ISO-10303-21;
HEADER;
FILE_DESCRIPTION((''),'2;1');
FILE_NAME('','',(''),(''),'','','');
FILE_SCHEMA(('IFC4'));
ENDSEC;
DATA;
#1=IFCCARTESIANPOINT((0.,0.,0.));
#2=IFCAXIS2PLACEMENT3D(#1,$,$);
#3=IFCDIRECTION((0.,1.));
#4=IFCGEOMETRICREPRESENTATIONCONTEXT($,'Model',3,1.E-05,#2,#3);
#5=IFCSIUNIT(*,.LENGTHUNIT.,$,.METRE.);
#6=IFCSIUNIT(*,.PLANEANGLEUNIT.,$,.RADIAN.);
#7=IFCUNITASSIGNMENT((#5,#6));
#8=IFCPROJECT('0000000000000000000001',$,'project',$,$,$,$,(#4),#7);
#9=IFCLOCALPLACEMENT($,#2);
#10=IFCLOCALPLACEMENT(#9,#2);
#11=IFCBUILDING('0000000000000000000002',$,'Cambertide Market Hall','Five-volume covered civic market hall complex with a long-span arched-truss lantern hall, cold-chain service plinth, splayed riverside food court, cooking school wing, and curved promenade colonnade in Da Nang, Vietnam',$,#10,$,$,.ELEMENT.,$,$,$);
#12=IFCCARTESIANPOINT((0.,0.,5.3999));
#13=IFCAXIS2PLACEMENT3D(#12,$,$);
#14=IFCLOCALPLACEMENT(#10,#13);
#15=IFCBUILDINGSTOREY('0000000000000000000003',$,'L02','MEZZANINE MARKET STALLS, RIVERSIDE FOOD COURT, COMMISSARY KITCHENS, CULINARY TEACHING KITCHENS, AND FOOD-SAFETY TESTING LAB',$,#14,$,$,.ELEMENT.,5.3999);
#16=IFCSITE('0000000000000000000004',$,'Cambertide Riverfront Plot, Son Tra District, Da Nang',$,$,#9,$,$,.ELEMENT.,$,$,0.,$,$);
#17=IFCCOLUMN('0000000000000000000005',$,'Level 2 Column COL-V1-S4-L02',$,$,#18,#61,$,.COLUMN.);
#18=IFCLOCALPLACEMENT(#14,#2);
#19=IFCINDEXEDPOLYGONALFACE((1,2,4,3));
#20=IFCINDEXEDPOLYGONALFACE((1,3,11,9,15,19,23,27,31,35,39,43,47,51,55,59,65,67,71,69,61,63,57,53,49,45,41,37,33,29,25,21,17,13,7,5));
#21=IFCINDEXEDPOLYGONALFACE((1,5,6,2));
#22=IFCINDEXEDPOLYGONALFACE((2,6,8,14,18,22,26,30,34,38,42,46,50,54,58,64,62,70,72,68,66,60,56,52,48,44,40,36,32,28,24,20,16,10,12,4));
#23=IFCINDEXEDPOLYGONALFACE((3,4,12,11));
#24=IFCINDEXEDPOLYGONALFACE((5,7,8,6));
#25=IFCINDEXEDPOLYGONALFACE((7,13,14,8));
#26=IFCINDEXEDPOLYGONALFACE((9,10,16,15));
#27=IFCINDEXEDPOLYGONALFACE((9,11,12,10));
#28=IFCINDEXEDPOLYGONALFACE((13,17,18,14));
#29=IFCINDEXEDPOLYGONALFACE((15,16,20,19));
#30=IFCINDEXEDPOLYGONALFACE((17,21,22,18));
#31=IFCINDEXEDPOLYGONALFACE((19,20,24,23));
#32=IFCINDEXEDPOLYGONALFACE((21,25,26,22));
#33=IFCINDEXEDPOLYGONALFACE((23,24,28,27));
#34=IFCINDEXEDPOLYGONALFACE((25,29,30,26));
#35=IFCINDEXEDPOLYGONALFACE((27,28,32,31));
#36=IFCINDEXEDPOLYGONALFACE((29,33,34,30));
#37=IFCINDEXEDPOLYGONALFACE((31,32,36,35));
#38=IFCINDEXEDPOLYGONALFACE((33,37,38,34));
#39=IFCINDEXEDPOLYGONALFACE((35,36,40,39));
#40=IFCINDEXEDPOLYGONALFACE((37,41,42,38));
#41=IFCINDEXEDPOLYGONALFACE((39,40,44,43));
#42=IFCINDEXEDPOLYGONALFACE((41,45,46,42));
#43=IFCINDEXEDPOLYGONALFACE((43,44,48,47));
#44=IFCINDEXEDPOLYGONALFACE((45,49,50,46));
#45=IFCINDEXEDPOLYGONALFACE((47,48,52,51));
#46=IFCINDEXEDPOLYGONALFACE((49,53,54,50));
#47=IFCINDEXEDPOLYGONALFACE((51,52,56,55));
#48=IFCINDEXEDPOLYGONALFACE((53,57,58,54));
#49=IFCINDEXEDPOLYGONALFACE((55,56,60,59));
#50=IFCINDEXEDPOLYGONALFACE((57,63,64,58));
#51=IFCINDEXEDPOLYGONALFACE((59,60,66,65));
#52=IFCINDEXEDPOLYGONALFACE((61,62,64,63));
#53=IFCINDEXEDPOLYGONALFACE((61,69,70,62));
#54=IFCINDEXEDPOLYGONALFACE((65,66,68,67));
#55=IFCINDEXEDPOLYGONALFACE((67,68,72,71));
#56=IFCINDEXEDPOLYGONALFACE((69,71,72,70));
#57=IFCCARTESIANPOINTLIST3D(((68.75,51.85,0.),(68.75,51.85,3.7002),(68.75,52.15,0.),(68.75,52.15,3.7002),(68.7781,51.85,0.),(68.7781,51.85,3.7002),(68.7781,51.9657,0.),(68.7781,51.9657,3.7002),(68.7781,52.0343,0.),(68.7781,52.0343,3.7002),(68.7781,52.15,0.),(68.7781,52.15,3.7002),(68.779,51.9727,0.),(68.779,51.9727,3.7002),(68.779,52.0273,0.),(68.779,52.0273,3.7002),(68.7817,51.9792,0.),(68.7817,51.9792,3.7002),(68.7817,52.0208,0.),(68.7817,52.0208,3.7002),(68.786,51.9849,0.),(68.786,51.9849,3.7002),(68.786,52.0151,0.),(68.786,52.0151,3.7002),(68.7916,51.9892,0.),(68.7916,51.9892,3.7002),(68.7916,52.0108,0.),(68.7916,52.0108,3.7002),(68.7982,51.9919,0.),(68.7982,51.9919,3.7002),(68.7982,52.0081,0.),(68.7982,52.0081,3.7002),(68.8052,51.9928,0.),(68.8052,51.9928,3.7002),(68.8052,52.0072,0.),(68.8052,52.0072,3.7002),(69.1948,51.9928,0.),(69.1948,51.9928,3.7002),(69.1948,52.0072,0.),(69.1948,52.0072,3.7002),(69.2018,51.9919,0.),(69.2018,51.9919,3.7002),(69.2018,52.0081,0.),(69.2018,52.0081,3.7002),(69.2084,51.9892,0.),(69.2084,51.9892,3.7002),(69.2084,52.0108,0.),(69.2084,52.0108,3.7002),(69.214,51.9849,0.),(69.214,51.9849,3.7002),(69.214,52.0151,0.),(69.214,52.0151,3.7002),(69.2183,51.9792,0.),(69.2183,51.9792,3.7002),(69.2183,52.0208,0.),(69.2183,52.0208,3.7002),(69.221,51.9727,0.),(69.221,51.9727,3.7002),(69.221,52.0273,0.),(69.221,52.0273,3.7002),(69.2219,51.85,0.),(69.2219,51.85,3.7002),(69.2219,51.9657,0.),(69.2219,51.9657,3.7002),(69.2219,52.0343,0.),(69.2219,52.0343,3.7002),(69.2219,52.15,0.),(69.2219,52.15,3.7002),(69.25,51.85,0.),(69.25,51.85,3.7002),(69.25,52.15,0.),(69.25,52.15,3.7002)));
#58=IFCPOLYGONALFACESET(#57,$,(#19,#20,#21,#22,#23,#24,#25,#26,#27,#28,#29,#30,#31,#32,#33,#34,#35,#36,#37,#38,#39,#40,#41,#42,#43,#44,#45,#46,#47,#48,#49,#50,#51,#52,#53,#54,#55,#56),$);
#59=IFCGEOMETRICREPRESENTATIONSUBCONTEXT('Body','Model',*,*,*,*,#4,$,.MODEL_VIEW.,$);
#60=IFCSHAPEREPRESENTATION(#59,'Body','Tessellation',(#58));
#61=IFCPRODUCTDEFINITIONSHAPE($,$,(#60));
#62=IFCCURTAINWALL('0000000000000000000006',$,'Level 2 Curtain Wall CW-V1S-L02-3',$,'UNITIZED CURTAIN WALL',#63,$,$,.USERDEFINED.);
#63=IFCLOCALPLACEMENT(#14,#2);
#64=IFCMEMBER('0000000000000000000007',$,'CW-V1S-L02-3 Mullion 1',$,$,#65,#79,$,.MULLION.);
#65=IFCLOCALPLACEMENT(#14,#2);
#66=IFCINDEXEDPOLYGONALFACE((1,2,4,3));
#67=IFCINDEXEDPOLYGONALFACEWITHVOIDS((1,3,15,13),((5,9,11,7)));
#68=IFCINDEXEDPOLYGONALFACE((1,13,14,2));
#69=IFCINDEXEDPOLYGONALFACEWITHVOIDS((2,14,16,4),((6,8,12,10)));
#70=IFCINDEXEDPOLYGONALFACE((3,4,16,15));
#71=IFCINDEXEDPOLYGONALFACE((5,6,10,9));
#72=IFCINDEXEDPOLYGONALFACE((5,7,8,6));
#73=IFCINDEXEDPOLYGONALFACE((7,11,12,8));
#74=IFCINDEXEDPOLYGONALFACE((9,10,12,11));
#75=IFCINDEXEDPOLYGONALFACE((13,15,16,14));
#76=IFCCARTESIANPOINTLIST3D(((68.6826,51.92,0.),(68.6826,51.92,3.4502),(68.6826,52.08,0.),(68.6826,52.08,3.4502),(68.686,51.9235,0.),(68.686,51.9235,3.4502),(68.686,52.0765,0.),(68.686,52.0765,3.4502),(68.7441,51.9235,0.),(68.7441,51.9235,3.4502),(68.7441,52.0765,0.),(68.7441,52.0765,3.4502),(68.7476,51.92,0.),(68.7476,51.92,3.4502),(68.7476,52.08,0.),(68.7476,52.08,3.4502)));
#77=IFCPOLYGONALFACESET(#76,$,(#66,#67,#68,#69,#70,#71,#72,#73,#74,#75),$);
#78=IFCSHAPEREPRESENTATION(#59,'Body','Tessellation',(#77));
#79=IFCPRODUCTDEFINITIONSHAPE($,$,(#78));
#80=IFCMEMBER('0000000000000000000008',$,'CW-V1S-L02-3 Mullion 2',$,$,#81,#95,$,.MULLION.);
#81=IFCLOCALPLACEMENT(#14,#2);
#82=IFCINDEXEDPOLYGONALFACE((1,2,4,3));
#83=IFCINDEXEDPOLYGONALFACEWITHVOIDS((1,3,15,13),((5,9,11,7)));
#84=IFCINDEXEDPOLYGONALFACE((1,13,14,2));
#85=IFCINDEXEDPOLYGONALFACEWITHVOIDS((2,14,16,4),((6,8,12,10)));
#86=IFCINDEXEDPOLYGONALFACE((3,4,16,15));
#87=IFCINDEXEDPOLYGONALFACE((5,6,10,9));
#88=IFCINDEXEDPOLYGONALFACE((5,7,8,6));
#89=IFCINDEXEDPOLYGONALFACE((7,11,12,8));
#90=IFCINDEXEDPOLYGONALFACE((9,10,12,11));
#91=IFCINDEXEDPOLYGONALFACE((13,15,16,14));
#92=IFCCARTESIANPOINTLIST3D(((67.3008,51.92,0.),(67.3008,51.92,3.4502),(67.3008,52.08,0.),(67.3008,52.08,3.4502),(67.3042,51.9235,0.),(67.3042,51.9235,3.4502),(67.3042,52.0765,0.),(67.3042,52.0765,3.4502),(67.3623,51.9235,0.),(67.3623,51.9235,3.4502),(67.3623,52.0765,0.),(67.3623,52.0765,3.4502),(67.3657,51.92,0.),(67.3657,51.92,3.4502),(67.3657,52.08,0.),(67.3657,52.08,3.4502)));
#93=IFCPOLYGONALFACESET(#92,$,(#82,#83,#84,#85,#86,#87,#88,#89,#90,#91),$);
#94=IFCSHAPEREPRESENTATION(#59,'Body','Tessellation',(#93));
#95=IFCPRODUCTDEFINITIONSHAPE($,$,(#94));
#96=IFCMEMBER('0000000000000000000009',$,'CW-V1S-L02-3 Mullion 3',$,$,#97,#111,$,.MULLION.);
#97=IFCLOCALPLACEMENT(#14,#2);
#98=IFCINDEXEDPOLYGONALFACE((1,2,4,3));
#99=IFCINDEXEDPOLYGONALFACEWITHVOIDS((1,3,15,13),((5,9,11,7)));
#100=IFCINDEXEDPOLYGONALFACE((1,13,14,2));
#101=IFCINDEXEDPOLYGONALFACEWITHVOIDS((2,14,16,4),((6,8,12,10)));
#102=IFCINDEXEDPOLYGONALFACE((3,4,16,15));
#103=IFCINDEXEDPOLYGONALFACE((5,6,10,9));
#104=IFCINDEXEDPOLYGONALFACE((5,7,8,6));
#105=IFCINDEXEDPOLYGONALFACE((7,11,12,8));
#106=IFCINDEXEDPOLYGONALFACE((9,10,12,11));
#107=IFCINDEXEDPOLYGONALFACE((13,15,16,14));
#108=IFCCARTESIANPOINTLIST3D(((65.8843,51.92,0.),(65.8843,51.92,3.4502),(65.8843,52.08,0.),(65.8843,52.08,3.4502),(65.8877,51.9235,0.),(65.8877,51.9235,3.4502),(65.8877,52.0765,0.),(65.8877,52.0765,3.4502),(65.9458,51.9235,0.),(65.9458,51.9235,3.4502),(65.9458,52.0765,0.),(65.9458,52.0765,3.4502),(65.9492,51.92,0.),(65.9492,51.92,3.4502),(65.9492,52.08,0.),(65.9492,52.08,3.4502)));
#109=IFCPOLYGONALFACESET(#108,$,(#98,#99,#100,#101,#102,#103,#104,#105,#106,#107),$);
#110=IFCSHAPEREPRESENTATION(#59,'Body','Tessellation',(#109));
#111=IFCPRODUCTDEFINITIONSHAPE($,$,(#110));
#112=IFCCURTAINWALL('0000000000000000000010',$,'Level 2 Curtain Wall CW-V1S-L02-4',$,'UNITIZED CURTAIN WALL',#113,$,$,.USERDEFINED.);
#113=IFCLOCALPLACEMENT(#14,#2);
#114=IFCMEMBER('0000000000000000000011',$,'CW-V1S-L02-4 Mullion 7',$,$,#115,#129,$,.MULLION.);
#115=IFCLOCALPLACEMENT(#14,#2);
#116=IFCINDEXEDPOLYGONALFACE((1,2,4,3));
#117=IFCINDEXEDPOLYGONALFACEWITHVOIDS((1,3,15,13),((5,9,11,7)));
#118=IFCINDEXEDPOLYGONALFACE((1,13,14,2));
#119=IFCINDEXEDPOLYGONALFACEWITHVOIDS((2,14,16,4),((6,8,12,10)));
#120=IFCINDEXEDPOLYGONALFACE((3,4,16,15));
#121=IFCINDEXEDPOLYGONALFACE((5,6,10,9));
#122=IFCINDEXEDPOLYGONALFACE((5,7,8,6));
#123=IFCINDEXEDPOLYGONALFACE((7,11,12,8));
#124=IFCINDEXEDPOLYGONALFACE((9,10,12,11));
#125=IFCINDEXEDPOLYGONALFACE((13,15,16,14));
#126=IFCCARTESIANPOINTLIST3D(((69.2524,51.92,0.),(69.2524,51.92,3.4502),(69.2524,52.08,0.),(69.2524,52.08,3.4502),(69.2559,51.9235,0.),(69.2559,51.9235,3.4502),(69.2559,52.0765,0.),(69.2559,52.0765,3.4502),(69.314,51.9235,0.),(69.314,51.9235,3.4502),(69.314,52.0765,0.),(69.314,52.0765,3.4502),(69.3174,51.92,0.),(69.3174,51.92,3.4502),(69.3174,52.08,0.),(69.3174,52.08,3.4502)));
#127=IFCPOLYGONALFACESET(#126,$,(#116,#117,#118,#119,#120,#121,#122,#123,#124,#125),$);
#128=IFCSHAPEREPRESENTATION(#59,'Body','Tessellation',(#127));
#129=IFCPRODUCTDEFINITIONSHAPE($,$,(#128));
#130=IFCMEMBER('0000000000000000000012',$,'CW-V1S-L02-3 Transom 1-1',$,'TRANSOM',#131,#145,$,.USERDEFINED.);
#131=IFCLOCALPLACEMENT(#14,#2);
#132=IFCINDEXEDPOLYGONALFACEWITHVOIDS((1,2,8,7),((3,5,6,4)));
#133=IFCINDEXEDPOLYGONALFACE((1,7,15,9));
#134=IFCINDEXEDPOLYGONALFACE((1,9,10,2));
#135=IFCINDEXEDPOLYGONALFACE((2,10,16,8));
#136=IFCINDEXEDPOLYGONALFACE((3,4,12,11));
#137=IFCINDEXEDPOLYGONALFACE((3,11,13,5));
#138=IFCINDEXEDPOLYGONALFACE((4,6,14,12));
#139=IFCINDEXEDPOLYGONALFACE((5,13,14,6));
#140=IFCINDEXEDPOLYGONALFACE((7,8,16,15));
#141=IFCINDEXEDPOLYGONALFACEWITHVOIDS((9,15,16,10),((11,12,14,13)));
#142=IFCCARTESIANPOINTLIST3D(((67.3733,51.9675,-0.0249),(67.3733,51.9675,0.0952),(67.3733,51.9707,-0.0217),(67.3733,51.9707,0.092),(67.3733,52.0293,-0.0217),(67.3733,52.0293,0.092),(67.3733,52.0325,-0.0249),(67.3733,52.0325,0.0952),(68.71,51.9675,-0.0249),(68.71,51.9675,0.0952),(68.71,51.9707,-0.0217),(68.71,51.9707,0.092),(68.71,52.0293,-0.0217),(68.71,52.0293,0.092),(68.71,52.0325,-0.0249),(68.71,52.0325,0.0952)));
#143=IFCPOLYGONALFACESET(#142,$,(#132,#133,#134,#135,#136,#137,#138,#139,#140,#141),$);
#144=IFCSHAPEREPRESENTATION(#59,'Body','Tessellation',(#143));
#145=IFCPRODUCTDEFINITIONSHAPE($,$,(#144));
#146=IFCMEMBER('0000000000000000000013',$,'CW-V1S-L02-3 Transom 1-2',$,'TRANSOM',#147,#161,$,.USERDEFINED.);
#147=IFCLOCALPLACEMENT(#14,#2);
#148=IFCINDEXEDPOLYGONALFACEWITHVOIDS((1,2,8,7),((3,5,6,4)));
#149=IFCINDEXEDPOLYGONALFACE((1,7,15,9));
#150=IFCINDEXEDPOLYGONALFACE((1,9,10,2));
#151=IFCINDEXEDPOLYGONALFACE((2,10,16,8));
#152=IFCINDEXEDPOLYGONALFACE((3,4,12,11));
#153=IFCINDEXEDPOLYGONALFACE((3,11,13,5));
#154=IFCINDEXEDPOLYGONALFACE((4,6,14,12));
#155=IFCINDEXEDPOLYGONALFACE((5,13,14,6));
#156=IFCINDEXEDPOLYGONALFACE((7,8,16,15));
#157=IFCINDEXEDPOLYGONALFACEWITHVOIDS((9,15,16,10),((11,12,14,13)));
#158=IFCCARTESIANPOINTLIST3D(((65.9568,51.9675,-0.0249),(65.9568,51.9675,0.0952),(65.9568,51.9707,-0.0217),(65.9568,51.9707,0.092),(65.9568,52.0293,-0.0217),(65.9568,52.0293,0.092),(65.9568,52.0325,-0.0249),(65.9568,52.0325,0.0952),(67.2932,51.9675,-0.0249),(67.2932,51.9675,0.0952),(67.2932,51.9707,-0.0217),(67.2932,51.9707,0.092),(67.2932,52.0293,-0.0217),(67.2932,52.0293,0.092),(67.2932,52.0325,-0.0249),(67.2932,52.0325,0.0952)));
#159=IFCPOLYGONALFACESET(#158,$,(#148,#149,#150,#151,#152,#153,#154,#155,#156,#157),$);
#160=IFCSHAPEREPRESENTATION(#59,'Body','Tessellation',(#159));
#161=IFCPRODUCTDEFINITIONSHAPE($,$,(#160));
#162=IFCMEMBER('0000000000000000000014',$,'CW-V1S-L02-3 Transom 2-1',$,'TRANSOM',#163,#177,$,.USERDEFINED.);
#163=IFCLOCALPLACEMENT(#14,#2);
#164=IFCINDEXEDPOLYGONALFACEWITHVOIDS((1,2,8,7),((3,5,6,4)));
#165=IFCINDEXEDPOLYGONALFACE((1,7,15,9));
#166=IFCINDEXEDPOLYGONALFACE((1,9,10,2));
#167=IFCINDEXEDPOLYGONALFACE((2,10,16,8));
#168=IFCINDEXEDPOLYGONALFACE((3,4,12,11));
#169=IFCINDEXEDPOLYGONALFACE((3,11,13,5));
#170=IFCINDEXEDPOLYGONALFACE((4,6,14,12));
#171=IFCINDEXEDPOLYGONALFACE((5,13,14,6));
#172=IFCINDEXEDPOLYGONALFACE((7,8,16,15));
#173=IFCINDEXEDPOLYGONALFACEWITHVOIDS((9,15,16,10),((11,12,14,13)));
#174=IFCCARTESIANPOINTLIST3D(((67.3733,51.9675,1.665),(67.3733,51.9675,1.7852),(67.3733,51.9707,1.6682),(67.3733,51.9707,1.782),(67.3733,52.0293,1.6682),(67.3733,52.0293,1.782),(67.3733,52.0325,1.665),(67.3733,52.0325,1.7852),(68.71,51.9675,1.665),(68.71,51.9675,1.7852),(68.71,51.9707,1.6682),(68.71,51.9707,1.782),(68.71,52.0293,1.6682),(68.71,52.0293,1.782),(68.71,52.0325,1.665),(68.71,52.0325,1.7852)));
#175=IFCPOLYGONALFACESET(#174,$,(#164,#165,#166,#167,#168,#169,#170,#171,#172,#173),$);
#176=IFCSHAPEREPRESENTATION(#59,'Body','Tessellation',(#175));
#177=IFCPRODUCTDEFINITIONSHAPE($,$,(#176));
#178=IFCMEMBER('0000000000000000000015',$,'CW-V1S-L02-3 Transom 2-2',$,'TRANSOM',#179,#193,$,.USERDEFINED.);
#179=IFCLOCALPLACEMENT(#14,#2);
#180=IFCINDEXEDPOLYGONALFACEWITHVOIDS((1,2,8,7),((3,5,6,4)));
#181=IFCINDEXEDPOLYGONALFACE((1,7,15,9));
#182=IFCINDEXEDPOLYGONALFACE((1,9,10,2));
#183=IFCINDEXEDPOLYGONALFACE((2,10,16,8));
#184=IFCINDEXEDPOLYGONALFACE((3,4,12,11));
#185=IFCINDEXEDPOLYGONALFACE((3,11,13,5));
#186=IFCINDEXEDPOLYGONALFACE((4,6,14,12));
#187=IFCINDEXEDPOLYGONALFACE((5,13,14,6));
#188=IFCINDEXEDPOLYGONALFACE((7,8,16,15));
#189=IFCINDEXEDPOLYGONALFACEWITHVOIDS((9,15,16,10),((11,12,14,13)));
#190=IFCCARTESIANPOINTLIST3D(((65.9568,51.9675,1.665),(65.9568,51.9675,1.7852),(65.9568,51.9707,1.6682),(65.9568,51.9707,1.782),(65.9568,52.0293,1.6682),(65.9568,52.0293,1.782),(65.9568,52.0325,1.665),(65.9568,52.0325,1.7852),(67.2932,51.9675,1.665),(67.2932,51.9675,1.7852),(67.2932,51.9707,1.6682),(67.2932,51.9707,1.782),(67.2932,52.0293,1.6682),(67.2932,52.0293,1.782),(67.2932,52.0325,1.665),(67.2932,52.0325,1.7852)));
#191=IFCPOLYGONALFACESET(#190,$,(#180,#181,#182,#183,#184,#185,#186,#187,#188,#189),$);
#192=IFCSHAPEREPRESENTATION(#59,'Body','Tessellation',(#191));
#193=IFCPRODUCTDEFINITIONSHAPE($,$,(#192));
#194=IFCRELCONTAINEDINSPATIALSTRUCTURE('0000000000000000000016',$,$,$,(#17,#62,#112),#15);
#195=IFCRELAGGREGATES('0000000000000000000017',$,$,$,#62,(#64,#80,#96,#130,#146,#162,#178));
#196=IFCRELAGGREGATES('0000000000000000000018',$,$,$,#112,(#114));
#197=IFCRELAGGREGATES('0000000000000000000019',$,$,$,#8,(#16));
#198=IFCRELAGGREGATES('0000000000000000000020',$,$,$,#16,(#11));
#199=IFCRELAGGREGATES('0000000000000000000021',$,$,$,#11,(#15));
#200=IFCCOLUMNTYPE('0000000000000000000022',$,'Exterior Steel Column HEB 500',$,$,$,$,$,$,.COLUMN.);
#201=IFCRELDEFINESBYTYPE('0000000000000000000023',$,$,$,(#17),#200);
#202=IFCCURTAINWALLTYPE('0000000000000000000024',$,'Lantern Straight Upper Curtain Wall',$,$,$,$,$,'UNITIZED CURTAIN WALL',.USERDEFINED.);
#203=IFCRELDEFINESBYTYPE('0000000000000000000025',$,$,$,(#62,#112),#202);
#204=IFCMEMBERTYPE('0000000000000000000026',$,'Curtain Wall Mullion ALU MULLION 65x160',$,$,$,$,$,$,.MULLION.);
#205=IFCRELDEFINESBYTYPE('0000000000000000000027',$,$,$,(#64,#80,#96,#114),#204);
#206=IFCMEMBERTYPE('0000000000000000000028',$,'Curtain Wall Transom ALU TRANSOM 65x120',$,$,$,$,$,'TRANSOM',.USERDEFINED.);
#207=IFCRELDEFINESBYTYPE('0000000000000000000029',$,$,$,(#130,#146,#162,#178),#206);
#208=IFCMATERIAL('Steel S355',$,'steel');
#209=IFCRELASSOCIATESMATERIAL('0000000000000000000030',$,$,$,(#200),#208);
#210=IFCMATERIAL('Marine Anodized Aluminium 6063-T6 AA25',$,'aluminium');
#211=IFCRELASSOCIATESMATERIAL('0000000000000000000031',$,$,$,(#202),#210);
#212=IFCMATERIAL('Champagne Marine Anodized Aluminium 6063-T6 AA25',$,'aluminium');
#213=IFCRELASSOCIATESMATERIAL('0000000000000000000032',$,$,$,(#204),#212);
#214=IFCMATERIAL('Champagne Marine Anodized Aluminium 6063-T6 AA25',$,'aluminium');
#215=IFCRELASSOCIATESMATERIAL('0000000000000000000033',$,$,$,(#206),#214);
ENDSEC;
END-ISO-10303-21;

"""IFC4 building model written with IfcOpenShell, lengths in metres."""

from ifc_helpers import new_model, si_unit, direction, frame, origin, origin_2d, place, context, subcontext, project, spatial, hollow_rectangle, i_section, extrude, material, material_profile, profile_set, type_object, element, aggregate, save


model = new_model("IFC4")

# Units and contexts
model_context = context("Model", 3, precision=1e-05, world=origin(), true_north=direction((0.0, 1.0)))
body_context = subcontext(model_context, "Body", "Model", "MODEL_VIEW")
ifc_project = project(units=[si_unit("LENGTHUNIT", "METRE"), si_unit("PLANEANGLEUNIT", "RADIAN")], contexts=[model_context])

# Site, building, storey
site_placement = place(None, origin())
site = spatial("IfcSite", under=ifc_project, at=site_placement, Name="Cambertide Riverfront Plot, Son Tra District, Da Nang", CompositionType="ELEMENT", RefElevation=0.0)
building_placement = place(site_placement, origin())
building = spatial("IfcBuilding", under=site, at=building_placement, Name="Cambertide Market Hall", Description="Five-volume covered civic market hall complex with a long-span arched-truss lantern hall, cold-chain service plinth, splayed riverside food court, cooking school wing, and curved promenade colonnade in Da Nang, Vietnam", CompositionType="ELEMENT")
storey_placement = place(building_placement, frame((0.0, 0.0, 5.3999)))
storey = spatial("IfcBuildingStorey", under=building, at=storey_placement, Name="L02", Description="MEZZANINE MARKET STALLS, RIVERSIDE FOOD COURT, COMMISSARY KITCHENS, CULINARY TEACHING KITCHENS, AND FOOD-SAFETY TESTING LAB", CompositionType="ELEMENT", Elevation=5.3999)

# Column
ifc_material_1 = material(Name="Steel S355", Category="steel")
ifc_material_profile_1 = material_profile(ifc_material_1, i_section(OverallWidth=0.3, OverallDepth=0.5, WebThickness=0.0144, FlangeThickness=0.0281, FilletRadius=0.0271, at=origin_2d()), Name="HEB 500")
ifc_profile_set_1 = profile_set([ifc_material_profile_1], Name="Steel S355")
column_type = type_object("IfcColumnType", Name="Exterior Steel Column HEB 500", PredefinedType="COLUMN", material=ifc_profile_set_1)
column_placement = place(storey_placement, frame((69.0, 52.0, 0.0), z_axis=(0.0, 0.0, 1.0), x_axis=(0.0, 1.0, 0.0)))
element("IfcColumn", 1, at=column_placement, inside=storey, type_object=column_type, Name="Level 2 Column COL-V1-S4-L02", PredefinedType="COLUMN", context=body_context, shape_type="SweptSolid", body=[
    extrude(i_section(OverallWidth=0.3, OverallDepth=0.5, WebThickness=0.0144, FlangeThickness=0.0281, FilletRadius=0.0271, at=origin_2d()), origin(), (0.0, 0.0, 1.0), 3.7002),
])

# Curtain wall, members
ifc_material_2 = material(Name="Marine Anodized Aluminium 6063-T6 AA25", Category="aluminium")
curtain_wall_type = type_object("IfcCurtainWallType", Name="Lantern Straight Upper Curtain Wall", ElementType="UNITIZED CURTAIN WALL", PredefinedType="USERDEFINED", material=ifc_material_2)
curtain_wall_1_placement = place(storey_placement, origin())
curtain_wall_1 = element("IfcCurtainWall", 2, at=curtain_wall_1_placement, inside=storey, type_object=curtain_wall_type, Name="Level 2 Curtain Wall CW-V1S-L02-3", ObjectType="UNITIZED CURTAIN WALL", PredefinedType="USERDEFINED")
ifc_material_3 = material(Name="Champagne Marine Anodized Aluminium 6063-T6 AA25", Category="aluminium")
ifc_material_profile_2 = material_profile(ifc_material_3, hollow_rectangle(XDim=0.0649, YDim=0.1599, WallThickness=0.0034, at=origin_2d()), Name="ALU MULLION 65x160")
ifc_profile_set_2 = profile_set([ifc_material_profile_2], Name="Champagne Marine Anodized Aluminium 6063-T6 AA25")
member_type_1 = type_object("IfcMemberType", Name="Curtain Wall Mullion ALU MULLION 65x160", PredefinedType="MULLION", material=ifc_profile_set_2)
member_1_placement = place(storey_placement, frame((68.7151, 52.0, 0.0), z_axis=(0.0, 0.0, 1.0), x_axis=(-1.0, 0.0, 0.0)))
member_1 = element("IfcMember", 3, at=member_1_placement, type_object=member_type_1, Name="CW-V1S-L02-3 Mullion 1", PredefinedType="MULLION", context=body_context, shape_type="SweptSolid", body=[
    extrude(hollow_rectangle(XDim=0.0649, YDim=0.1599, WallThickness=0.0034, at=origin_2d()), origin(), (0.0, 0.0, 1.0), 3.4502),
])
member_2_placement = place(storey_placement, frame((67.3333, 52.0, 0.0), z_axis=(0.0, 0.0, 1.0), x_axis=(-1.0, 0.0, 0.0)))
member_2 = element("IfcMember", 4, at=member_2_placement, type_object=member_type_1, Name="CW-V1S-L02-3 Mullion 2", PredefinedType="MULLION", context=body_context, shape_type="SweptSolid", body=[
    extrude(hollow_rectangle(XDim=0.0649, YDim=0.1599, WallThickness=0.0034, at=origin_2d()), origin(), (0.0, 0.0, 1.0), 3.4502),
])
member_3_placement = place(storey_placement, frame((65.9167, 52.0, 0.0), z_axis=(0.0, 0.0, 1.0), x_axis=(-1.0, 0.0, 0.0)))
member_3 = element("IfcMember", 5, at=member_3_placement, type_object=member_type_1, Name="CW-V1S-L02-3 Mullion 3", PredefinedType="MULLION", context=body_context, shape_type="SweptSolid", body=[
    extrude(hollow_rectangle(XDim=0.0649, YDim=0.1599, WallThickness=0.0034, at=origin_2d()), origin(), (0.0, 0.0, 1.0), 3.4502),
])

# Curtain wall, member
curtain_wall_2_placement = place(storey_placement, origin())
curtain_wall_2 = element("IfcCurtainWall", 6, at=curtain_wall_2_placement, inside=storey, type_object=curtain_wall_type, Name="Level 2 Curtain Wall CW-V1S-L02-4", ObjectType="UNITIZED CURTAIN WALL", PredefinedType="USERDEFINED")
member_4_placement = place(storey_placement, frame((69.2849, 52.0, 0.0), z_axis=(0.0, 0.0, 1.0), x_axis=(-1.0, 0.0, 0.0)))
member_4 = element("IfcMember", 7, at=member_4_placement, type_object=member_type_1, Name="CW-V1S-L02-4 Mullion 7", PredefinedType="MULLION", context=body_context, shape_type="SweptSolid", body=[
    extrude(hollow_rectangle(XDim=0.0649, YDim=0.1599, WallThickness=0.0034, at=origin_2d()), origin(), (0.0, 0.0, 1.0), 3.4502),
])

# Members
ifc_material_4 = material(Name="Champagne Marine Anodized Aluminium 6063-T6 AA25", Category="aluminium")
ifc_material_profile_3 = material_profile(ifc_material_4, hollow_rectangle(XDim=0.0649, YDim=0.1201, WallThickness=0.0032, at=origin_2d()), Name="ALU TRANSOM 65x120")
ifc_profile_set_3 = profile_set([ifc_material_profile_3], Name="Champagne Marine Anodized Aluminium 6063-T6 AA25")
member_type_2 = type_object("IfcMemberType", Name="Curtain Wall Transom ALU TRANSOM 65x120", ElementType="TRANSOM", PredefinedType="USERDEFINED", material=ifc_profile_set_3)
member_5_placement = place(storey_placement, frame((68.71, 52.0, 0.0352), z_axis=(-1.0, 0.0, 0.0), x_axis=(0.0, -1.0, 0.0)))
member_5 = element("IfcMember", 8, at=member_5_placement, type_object=member_type_2, Name="CW-V1S-L02-3 Transom 1-1", ObjectType="TRANSOM", PredefinedType="USERDEFINED", context=body_context, shape_type="SweptSolid", body=[
    extrude(hollow_rectangle(XDim=0.0649, YDim=0.1201, WallThickness=0.0032, at=origin_2d()), origin(), (0.0, 0.0, 1.0), 1.3367),
])
member_6_placement = place(storey_placement, frame((67.2932, 52.0, 0.0352), z_axis=(-1.0, 0.0, 0.0), x_axis=(0.0, -1.0, 0.0)))
member_6 = element("IfcMember", 9, at=member_6_placement, type_object=member_type_2, Name="CW-V1S-L02-3 Transom 1-2", ObjectType="TRANSOM", PredefinedType="USERDEFINED", context=body_context, shape_type="SweptSolid", body=[
    extrude(hollow_rectangle(XDim=0.0649, YDim=0.1201, WallThickness=0.0032, at=origin_2d()), origin(), (0.0, 0.0, 1.0), 1.3364),
])
member_7_placement = place(storey_placement, frame((68.71, 52.0, 1.7251), z_axis=(-1.0, 0.0, 0.0), x_axis=(0.0, -1.0, 0.0)))
member_7 = element("IfcMember", 10, at=member_7_placement, type_object=member_type_2, Name="CW-V1S-L02-3 Transom 2-1", ObjectType="TRANSOM", PredefinedType="USERDEFINED", context=body_context, shape_type="SweptSolid", body=[
    extrude(hollow_rectangle(XDim=0.0649, YDim=0.1201, WallThickness=0.0032, at=origin_2d()), origin(), (0.0, 0.0, 1.0), 1.3367),
])
member_8_placement = place(storey_placement, frame((67.2932, 52.0, 1.7251), z_axis=(-1.0, 0.0, 0.0), x_axis=(0.0, -1.0, 0.0)))
member_8 = element("IfcMember", 11, at=member_8_placement, type_object=member_type_2, Name="CW-V1S-L02-3 Transom 2-2", ObjectType="TRANSOM", PredefinedType="USERDEFINED", context=body_context, shape_type="SweptSolid", body=[
    extrude(hollow_rectangle(XDim=0.0649, YDim=0.1201, WallThickness=0.0032, at=origin_2d()), origin(), (0.0, 0.0, 1.0), 1.3364),
])

aggregate(curtain_wall_1, [member_1, member_2, member_3, member_5, member_6, member_7, member_8])
aggregate(curtain_wall_2, [member_4])

save(model, "model.ifc")
